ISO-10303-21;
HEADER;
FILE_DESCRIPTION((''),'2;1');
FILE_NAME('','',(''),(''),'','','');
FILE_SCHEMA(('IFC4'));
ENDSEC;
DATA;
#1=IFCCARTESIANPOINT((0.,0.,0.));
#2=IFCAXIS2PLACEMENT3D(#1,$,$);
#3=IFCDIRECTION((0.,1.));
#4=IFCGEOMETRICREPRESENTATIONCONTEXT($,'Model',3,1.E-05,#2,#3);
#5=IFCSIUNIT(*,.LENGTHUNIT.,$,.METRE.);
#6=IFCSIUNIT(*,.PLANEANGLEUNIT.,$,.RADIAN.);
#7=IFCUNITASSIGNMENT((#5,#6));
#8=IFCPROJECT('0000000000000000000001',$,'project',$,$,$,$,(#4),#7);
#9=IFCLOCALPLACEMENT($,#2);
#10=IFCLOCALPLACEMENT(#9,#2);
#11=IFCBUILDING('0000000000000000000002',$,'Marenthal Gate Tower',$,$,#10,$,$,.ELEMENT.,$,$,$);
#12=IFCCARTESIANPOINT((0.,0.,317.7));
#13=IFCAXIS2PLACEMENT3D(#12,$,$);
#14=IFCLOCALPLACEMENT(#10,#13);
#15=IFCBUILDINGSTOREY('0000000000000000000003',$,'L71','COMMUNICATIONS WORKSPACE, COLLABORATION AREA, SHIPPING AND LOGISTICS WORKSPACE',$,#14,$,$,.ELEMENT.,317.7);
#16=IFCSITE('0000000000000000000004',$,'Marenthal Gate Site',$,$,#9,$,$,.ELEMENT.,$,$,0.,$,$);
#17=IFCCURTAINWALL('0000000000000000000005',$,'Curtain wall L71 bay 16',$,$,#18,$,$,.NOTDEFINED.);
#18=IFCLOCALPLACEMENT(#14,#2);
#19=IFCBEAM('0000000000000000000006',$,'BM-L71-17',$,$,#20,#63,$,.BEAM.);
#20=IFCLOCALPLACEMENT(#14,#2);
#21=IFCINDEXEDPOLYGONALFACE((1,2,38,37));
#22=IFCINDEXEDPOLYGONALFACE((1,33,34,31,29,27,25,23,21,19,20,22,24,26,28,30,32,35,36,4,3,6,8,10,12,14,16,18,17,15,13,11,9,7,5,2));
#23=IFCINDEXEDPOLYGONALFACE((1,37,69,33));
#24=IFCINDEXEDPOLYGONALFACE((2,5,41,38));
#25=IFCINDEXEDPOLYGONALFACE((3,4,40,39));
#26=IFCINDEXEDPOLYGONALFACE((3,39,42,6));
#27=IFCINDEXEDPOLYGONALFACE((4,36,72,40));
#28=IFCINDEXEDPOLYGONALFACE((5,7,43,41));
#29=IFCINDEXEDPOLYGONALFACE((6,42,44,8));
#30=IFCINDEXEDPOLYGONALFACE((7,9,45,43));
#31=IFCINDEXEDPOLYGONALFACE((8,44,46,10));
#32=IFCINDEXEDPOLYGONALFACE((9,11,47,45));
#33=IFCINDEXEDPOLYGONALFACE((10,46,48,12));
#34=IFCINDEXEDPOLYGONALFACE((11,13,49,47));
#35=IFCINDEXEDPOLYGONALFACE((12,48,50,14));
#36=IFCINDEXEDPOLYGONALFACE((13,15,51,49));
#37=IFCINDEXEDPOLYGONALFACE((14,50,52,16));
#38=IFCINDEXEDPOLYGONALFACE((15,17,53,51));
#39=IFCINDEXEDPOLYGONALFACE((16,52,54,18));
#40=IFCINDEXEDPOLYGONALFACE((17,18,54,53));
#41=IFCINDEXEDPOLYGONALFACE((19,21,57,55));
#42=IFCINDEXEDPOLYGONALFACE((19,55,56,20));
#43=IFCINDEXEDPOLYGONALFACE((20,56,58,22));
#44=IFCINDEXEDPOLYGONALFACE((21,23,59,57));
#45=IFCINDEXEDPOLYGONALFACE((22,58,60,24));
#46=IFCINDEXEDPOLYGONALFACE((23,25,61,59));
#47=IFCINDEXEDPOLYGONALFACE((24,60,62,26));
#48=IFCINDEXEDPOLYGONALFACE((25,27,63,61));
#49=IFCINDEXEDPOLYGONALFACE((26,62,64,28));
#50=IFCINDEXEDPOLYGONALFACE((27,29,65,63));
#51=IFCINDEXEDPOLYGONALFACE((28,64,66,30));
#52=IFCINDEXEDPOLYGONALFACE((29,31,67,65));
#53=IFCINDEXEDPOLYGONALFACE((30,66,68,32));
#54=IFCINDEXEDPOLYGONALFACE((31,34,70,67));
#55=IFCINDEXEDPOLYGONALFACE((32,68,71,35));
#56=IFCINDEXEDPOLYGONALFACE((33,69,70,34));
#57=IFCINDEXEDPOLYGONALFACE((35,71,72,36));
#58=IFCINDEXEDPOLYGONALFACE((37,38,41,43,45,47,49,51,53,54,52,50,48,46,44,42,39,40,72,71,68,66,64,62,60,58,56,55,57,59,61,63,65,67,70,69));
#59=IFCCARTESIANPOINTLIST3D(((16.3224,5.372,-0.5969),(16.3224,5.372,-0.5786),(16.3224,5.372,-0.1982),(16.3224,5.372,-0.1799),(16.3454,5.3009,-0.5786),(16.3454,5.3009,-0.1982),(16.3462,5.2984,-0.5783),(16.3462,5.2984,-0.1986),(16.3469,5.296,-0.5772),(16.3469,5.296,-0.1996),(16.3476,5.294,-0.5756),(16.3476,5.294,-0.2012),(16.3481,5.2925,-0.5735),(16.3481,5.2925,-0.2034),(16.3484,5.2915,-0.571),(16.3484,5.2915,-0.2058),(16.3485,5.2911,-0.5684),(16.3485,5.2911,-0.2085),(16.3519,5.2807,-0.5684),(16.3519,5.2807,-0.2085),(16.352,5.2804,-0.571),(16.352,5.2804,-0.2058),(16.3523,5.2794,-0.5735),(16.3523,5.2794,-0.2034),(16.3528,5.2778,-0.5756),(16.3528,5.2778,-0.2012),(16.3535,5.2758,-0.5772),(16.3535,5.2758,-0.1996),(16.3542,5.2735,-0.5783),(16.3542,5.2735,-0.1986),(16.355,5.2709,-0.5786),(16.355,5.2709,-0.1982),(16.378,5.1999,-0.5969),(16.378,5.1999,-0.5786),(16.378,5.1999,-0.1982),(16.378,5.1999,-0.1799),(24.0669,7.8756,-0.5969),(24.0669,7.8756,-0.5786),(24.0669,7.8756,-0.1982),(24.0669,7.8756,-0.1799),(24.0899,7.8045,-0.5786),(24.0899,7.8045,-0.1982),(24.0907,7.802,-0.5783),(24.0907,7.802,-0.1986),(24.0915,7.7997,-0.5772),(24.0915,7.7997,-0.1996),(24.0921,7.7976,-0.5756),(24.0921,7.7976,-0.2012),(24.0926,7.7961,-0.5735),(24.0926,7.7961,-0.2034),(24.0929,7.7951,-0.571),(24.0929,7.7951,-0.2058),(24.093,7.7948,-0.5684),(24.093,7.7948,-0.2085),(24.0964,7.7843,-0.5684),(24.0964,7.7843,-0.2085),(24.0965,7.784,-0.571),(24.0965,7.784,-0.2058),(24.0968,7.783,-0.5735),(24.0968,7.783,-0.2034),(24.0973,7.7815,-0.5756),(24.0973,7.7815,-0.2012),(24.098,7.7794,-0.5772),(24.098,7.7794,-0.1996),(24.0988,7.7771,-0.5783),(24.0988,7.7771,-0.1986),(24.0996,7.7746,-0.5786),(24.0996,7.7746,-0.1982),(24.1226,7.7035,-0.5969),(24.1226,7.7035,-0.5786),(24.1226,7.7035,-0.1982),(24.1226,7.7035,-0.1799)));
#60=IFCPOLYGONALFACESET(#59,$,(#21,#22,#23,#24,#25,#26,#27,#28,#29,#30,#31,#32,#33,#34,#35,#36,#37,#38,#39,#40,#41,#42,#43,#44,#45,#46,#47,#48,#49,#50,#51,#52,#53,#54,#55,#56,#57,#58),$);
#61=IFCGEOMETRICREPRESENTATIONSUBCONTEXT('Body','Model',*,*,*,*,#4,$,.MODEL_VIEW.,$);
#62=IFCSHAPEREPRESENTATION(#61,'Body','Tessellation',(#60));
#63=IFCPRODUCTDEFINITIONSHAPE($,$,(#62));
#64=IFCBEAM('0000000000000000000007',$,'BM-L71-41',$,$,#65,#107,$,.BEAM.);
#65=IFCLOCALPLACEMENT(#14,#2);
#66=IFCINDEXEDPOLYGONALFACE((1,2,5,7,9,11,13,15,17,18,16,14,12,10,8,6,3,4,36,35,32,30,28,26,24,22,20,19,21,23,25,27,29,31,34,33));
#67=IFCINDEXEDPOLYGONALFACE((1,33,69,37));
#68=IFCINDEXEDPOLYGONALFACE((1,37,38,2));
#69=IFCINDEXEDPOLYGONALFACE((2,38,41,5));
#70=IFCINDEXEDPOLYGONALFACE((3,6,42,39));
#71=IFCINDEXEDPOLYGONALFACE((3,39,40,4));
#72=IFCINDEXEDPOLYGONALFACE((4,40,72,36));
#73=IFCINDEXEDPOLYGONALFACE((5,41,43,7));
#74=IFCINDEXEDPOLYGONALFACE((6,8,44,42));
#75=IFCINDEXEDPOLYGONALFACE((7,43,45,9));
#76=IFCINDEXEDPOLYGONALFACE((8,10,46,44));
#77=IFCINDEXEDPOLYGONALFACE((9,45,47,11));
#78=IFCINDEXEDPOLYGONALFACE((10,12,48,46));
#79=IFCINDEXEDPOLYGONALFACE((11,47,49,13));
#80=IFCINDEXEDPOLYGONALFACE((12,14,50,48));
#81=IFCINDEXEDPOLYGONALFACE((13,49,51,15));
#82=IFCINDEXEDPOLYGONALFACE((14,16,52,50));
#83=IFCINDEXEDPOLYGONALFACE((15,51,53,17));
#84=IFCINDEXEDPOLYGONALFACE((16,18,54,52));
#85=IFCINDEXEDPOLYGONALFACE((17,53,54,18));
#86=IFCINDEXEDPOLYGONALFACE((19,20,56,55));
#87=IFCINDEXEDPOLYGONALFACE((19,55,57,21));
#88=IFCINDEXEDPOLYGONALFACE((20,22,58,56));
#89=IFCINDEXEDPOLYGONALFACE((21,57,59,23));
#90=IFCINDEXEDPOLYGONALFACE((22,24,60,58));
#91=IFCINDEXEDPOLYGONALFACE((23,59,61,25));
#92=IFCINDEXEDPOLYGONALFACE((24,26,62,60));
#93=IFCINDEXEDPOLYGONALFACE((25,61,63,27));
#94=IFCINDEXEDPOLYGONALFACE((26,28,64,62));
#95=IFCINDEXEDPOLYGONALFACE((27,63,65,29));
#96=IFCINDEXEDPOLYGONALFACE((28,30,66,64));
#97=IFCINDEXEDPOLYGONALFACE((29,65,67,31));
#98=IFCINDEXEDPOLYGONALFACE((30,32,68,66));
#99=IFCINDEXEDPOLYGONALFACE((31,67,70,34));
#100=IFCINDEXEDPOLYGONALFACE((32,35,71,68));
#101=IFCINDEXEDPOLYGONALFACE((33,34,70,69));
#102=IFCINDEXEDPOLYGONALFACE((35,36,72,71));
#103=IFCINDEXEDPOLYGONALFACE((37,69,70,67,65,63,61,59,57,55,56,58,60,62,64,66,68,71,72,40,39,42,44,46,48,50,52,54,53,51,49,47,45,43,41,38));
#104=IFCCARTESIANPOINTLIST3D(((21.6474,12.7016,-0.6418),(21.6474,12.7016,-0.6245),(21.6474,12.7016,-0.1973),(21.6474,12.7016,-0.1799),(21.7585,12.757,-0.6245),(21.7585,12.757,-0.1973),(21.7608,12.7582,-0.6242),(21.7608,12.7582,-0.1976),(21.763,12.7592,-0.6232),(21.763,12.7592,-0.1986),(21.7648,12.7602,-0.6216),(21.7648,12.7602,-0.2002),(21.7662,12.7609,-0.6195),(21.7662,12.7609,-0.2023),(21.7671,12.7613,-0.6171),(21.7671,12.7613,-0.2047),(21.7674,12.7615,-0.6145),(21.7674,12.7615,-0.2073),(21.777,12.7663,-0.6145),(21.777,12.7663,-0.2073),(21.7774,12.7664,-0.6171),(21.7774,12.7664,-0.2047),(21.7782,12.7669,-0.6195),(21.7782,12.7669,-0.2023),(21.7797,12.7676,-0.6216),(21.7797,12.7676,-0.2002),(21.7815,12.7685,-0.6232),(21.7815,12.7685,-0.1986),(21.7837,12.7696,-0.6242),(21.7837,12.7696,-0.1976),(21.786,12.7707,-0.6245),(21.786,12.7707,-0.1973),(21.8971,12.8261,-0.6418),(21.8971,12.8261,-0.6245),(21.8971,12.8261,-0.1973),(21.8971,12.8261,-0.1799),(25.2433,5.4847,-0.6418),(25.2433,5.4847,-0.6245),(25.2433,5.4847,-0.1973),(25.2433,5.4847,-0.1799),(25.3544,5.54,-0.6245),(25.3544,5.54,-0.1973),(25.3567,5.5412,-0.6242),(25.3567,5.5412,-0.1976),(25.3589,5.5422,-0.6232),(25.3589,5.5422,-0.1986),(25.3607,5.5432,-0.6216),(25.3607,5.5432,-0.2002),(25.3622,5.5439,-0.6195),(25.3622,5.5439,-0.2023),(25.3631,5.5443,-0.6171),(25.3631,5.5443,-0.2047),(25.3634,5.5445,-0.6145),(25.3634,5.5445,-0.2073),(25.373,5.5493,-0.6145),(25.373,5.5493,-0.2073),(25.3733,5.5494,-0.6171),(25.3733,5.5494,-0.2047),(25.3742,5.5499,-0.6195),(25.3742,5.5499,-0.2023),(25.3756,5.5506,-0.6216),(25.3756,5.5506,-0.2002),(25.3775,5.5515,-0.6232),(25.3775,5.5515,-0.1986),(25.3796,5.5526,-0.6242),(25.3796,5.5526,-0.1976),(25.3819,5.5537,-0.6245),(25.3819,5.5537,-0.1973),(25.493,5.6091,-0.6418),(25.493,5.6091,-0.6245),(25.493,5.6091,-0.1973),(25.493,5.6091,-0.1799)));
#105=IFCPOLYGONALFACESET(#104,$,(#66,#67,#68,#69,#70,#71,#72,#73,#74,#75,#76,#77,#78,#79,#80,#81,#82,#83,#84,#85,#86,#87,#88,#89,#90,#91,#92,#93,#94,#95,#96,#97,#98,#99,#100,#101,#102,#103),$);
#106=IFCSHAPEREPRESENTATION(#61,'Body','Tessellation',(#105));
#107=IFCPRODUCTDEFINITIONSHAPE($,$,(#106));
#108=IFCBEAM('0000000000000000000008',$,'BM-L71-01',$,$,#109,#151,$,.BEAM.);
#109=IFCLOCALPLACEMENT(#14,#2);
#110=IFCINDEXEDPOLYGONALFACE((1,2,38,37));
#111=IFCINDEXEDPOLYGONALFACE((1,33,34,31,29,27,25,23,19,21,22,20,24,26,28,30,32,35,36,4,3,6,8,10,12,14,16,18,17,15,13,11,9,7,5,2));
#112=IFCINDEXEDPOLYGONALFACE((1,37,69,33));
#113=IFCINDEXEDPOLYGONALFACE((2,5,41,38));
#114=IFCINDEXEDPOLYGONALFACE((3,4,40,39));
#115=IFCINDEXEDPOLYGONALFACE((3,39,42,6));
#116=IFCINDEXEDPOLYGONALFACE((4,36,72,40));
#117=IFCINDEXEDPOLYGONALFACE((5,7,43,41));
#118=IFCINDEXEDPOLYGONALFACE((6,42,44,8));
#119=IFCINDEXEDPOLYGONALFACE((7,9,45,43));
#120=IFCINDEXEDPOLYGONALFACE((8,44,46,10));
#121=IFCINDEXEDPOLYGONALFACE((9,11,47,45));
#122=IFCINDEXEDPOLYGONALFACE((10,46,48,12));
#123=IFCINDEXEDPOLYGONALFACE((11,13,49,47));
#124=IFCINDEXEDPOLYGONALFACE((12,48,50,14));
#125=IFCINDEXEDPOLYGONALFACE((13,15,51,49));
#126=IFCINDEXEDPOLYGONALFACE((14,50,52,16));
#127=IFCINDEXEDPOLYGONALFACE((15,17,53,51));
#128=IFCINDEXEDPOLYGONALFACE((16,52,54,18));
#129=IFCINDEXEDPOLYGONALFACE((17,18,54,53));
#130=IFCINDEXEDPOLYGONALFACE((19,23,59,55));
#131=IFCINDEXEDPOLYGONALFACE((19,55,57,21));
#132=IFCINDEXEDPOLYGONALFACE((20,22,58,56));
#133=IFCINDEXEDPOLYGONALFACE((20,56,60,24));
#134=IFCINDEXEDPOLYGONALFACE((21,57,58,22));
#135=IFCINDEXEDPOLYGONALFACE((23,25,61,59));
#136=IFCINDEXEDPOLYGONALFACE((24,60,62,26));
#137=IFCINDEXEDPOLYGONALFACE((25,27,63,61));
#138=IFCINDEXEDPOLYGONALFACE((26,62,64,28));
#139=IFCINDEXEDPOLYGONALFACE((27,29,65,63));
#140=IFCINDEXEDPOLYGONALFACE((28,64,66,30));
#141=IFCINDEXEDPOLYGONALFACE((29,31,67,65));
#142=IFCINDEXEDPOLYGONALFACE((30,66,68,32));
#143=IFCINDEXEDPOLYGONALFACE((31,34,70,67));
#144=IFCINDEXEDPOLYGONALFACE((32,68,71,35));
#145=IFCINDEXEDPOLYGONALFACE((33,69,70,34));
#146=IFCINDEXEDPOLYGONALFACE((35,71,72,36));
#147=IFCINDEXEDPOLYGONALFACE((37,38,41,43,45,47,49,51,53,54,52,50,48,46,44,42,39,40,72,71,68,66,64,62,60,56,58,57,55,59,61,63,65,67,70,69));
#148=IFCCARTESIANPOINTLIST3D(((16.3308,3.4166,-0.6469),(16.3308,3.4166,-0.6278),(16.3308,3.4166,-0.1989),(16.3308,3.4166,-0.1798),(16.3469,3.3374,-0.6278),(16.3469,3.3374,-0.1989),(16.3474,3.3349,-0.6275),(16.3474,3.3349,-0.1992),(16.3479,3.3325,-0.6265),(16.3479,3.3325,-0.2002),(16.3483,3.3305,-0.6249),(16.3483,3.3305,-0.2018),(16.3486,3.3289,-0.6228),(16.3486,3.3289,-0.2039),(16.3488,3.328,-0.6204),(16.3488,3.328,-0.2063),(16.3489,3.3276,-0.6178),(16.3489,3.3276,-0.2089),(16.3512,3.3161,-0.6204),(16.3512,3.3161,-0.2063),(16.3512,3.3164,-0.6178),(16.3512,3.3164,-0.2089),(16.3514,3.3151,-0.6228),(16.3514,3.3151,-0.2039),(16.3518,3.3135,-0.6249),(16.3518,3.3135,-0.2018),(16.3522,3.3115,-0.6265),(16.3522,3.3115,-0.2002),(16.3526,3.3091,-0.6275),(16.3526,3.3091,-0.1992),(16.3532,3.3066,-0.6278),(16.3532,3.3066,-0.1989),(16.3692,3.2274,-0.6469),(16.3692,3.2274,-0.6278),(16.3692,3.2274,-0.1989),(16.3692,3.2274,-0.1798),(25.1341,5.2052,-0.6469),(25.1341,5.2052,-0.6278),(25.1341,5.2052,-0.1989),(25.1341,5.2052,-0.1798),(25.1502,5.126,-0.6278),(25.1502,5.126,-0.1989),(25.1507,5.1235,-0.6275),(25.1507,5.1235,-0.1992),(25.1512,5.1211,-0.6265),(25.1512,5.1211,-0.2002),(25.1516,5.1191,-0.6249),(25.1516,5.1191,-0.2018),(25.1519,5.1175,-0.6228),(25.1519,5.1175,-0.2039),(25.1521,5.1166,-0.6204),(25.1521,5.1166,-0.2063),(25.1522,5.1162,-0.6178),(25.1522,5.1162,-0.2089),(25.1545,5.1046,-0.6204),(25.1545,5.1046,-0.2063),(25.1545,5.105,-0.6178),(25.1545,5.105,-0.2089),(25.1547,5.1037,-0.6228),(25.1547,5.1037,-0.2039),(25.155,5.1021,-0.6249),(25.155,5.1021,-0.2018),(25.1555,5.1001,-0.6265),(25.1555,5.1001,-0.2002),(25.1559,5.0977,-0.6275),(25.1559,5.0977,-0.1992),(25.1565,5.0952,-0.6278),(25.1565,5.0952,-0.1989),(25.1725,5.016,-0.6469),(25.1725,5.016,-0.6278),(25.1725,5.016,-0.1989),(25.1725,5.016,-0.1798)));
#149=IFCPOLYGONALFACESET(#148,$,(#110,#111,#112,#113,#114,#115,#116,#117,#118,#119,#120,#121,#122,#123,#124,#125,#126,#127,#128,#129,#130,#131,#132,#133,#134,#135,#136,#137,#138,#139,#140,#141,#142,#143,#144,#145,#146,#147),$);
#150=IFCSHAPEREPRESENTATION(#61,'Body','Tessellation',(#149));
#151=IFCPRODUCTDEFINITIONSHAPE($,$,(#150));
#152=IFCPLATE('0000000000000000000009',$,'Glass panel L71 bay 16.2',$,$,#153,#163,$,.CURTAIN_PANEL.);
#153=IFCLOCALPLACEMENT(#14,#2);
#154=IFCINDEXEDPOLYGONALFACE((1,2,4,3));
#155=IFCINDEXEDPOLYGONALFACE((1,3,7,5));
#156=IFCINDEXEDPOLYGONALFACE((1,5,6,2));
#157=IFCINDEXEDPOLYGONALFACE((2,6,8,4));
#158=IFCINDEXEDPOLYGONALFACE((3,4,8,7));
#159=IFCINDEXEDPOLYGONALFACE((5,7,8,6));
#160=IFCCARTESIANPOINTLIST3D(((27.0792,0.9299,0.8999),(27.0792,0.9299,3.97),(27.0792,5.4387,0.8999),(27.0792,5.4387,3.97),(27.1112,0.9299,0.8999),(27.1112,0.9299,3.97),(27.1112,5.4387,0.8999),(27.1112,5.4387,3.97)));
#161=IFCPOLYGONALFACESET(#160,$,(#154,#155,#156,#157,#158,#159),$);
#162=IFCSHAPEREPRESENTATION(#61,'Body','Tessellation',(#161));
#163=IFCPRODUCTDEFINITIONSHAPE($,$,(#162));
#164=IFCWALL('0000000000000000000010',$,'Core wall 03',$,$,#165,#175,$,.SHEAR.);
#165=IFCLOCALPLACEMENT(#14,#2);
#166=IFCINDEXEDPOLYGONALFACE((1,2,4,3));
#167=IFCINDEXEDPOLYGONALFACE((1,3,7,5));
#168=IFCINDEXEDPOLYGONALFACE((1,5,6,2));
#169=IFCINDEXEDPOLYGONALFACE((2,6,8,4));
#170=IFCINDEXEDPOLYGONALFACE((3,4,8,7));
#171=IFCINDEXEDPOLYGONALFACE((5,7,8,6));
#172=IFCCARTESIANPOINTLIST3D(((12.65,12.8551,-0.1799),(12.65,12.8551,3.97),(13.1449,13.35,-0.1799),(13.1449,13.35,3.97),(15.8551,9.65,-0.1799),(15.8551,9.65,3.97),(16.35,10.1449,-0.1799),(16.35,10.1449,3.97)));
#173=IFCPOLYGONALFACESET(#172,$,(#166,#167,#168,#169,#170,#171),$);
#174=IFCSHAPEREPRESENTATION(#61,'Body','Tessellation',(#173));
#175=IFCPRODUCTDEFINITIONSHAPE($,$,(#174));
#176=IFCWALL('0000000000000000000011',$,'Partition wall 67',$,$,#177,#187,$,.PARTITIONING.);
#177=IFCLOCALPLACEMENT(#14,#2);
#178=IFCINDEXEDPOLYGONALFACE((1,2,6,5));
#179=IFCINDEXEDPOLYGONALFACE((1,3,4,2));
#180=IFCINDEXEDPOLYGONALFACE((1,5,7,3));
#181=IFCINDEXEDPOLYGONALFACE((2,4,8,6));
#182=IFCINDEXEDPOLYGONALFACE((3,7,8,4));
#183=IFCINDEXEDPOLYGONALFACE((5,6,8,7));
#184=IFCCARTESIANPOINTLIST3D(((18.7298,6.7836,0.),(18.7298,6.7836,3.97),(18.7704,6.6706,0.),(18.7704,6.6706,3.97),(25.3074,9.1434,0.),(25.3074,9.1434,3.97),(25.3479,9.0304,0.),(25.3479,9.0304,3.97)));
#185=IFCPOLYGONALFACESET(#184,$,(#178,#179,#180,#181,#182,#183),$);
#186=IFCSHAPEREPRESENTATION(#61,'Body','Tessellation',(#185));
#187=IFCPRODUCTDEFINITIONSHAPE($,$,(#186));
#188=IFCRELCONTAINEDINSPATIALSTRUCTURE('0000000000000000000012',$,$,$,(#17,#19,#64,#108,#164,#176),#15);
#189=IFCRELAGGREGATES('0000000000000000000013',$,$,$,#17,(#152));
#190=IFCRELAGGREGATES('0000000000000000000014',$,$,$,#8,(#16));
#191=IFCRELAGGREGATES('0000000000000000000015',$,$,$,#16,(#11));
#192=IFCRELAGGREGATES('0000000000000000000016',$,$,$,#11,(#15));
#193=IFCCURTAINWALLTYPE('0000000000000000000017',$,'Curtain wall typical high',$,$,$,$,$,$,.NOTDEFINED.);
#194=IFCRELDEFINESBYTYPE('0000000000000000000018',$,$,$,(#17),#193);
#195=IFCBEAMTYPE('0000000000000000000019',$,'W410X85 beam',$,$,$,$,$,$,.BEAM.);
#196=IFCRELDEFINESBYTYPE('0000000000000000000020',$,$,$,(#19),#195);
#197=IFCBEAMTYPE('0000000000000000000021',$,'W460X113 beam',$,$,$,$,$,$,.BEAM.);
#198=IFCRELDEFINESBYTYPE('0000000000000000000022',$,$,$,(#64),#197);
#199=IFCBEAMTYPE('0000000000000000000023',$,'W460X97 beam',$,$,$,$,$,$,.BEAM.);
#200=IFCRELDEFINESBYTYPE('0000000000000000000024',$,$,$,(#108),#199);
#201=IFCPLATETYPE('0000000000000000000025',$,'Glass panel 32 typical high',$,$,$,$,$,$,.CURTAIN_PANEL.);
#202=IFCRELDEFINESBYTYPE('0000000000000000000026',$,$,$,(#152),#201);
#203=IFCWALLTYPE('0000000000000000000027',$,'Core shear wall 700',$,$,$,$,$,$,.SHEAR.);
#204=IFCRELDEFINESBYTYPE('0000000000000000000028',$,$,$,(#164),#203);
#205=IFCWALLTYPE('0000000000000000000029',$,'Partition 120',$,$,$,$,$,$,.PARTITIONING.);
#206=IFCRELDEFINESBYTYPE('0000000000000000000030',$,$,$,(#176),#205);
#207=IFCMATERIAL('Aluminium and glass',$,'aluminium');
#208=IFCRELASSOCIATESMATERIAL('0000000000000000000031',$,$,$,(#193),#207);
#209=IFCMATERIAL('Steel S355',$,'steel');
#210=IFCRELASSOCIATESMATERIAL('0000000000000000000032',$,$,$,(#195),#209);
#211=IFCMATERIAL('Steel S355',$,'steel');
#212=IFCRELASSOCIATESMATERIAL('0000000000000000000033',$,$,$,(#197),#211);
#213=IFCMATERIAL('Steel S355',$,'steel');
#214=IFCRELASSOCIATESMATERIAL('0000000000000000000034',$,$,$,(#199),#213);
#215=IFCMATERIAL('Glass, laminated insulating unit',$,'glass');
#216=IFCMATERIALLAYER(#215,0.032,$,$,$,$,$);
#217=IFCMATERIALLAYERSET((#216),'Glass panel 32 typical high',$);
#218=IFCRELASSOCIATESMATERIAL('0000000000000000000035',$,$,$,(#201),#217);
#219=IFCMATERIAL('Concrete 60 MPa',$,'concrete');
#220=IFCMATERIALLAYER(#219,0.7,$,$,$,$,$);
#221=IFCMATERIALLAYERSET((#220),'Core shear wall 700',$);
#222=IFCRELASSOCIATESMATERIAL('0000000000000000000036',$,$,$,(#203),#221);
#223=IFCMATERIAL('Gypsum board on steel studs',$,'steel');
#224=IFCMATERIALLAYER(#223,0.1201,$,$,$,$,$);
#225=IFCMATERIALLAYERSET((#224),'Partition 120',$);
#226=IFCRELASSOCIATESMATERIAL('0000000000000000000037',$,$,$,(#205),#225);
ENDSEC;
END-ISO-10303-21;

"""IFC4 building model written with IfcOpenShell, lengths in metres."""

from ifc_helpers import new_model, si_unit, direction, frame, frame_2d, origin, origin_2d, place, context, subcontext, project, spatial, rectangle, i_section, extrude, material, layer, layer_set, material_profile, profile_set, type_object, element, aggregate, save


model = new_model("IFC4")

# Units and contexts
model_context = context("Model", 3, precision=1e-05, world=origin(), true_north=direction((0.0, 1.0)))
body_context = subcontext(model_context, "Body", "Model", "MODEL_VIEW")
ifc_project = project(units=[si_unit("LENGTHUNIT", "METRE"), si_unit("PLANEANGLEUNIT", "RADIAN")], contexts=[model_context])

# Site, building, storey
site_placement = place(None, origin())
site = spatial("IfcSite", under=ifc_project, at=site_placement, Name="Marenthal Gate Site", CompositionType="ELEMENT", RefElevation=0.0)
building_placement = place(site_placement, origin())
building = spatial("IfcBuilding", under=site, at=building_placement, Name="Marenthal Gate Tower", CompositionType="ELEMENT")
storey_placement = place(building_placement, frame((0.0, 0.0, 317.7)))
storey = spatial("IfcBuildingStorey", under=building, at=storey_placement, Name="L71", Description="COMMUNICATIONS WORKSPACE, COLLABORATION AREA, SHIPPING AND LOGISTICS WORKSPACE", CompositionType="ELEMENT", Elevation=317.7)

# Curtain wall
ifc_material_1 = material(Name="Aluminium and glass", Category="aluminium")
curtain_wall_type = type_object("IfcCurtainWallType", Name="Curtain wall typical high", PredefinedType="NOTDEFINED", material=ifc_material_1)
curtain_wall_placement = place(storey_placement, origin())
curtain_wall = element("IfcCurtainWall", 1, at=curtain_wall_placement, inside=storey, type_object=curtain_wall_type, Name="Curtain wall L71 bay 16", PredefinedType="NOTDEFINED")

# Beams
ifc_material_2 = material(Name="Steel S355", Category="steel")
ifc_material_profile_1 = material_profile(ifc_material_2, i_section(OverallWidth=0.1809, OverallDepth=0.417, WebThickness=0.011, FlangeThickness=0.0183, FilletRadius=0.0103, at=origin_2d()), Name="W410X85")
ifc_profile_set_1 = profile_set([ifc_material_profile_1], Name="Steel S355")
beam_type_1 = type_object("IfcBeamType", Name="W410X85 beam", PredefinedType="BEAM", material=ifc_profile_set_1)
beam_1_placement = place(storey_placement, frame((24.0947, 7.7896, -0.3884), z_axis=(-0.951515, -0.307603, 0.0), x_axis=(0.307603, -0.951515, 0.0)))
element("IfcBeam", 2, at=beam_1_placement, inside=storey, type_object=beam_type_1, Name="BM-L71-17", PredefinedType="BEAM", context=body_context, shape_type="SweptSolid", body=[
    extrude(i_section(OverallWidth=0.1809, OverallDepth=0.417, WebThickness=0.011, FlangeThickness=0.0183, FilletRadius=0.0103, at=origin_2d()), origin(), (0.0, 0.0, 1.0), 8.1392),
])
ifc_material_3 = material(Name="Steel S355", Category="steel")
ifc_material_profile_2 = material_profile(ifc_material_3, i_section(OverallWidth=0.2791, OverallDepth=0.4619, WebThickness=0.0107, FlangeThickness=0.0173, FilletRadius=0.01, at=origin_2d()), Name="W460X113")
ifc_profile_set_2 = profile_set([ifc_material_profile_2], Name="Steel S355")
beam_type_2 = type_object("IfcBeamType", Name="W460X113 beam", PredefinedType="BEAM", material=ifc_profile_set_2)
beam_2_placement = place(storey_placement, frame((25.3682, 5.5469, -0.4109), z_axis=(-0.445966, 0.89505, 0.0), x_axis=(-0.89505, -0.445966, 0.0)))
element("IfcBeam", 3, at=beam_2_placement, inside=storey, type_object=beam_type_2, Name="BM-L71-41", PredefinedType="BEAM", context=body_context, shape_type="SweptSolid", body=[
    extrude(i_section(OverallWidth=0.2791, OverallDepth=0.4619, WebThickness=0.0107, FlangeThickness=0.0173, FilletRadius=0.01, at=origin_2d()), origin(), (0.0, 0.0, 1.0), 8.0632),
])
ifc_material_4 = material(Name="Steel S355", Category="steel")
ifc_material_profile_3 = material_profile(ifc_material_4, i_section(OverallWidth=0.1931, OverallDepth=0.467, WebThickness=0.0115, FlangeThickness=0.019, FilletRadius=0.01, at=origin_2d()), Name="W460X97")
ifc_profile_set_3 = profile_set([ifc_material_profile_3], Name="Steel S355")
beam_type_3 = type_object("IfcBeamType", Name="W460X97 beam", PredefinedType="BEAM", material=ifc_profile_set_3)
beam_3_placement = place(storey_placement, frame((25.1533, 5.1106, -0.4133), z_axis=(-0.979978, -0.199105, 0.0), x_axis=(0.199105, -0.979978, 0.0)))
element("IfcBeam", 4, at=beam_3_placement, inside=storey, type_object=beam_type_3, Name="BM-L71-01", PredefinedType="BEAM", context=body_context, shape_type="SweptSolid", body=[
    extrude(i_section(OverallWidth=0.1931, OverallDepth=0.467, WebThickness=0.0115, FlangeThickness=0.019, FilletRadius=0.01, at=origin_2d()), origin(), (0.0, 0.0, 1.0), 8.9832),
])

# Plate
ifc_material_5 = material(Name="Glass, laminated insulating unit", Category="glass")
ifc_layer_1 = layer(ifc_material_5, 0.032)
ifc_layer_set_1 = layer_set([ifc_layer_1], Name="Glass panel 32 typical high")
plate_type = type_object("IfcPlateType", Name="Glass panel 32 typical high", PredefinedType="CURTAIN_PANEL", material=ifc_layer_set_1)
plate_placement = place(storey_placement, frame((27.0952, 3.1843, 0.8999), z_axis=(0.0, 0.0, 1.0), x_axis=(0.0, 1.0, 0.0)))
plate = element("IfcPlate", 5, at=plate_placement, type_object=plate_type, Name="Glass panel L71 bay 16.2", PredefinedType="CURTAIN_PANEL", context=body_context, shape_type="SweptSolid", body=[
    extrude(rectangle(XDim=4.5088, YDim=0.032, at=origin_2d()), origin(), (0.0, 0.0, 1.0), 3.0701),
])
aggregate(curtain_wall, [plate])

# Walls
ifc_material_6 = material(Name="Concrete 60 MPa", Category="concrete")
ifc_layer_2 = layer(ifc_material_6, 0.7)
ifc_layer_set_2 = layer_set([ifc_layer_2], Name="Core shear wall 700")
wall_type_1 = type_object("IfcWallType", Name="Core shear wall 700", PredefinedType="SHEAR", material=ifc_layer_set_2)
wall_1_placement = place(storey_placement, frame((16.1025, 9.8975, -0.1799), z_axis=(0.0, 0.0, 1.0), x_axis=(-0.707107, 0.707107, 0.0)))
element("IfcWall", 6, at=wall_1_placement, inside=storey, type_object=wall_type_1, Name="Core wall 03", PredefinedType="SHEAR", context=body_context, shape_type="SweptSolid", body=[
    extrude(rectangle(XDim=4.5327, YDim=0.7, at=frame_2d((2.2664, 0.0))), origin(), (0.0, 0.0, 1.0), 4.1499),
])
ifc_material_7 = material(Name="Gypsum board on steel studs", Category="steel")
ifc_layer_3 = layer(ifc_material_7, 0.1201)
ifc_layer_set_3 = layer_set([ifc_layer_3], Name="Partition 120")
wall_type_2 = type_object("IfcWallType", Name="Partition 120", PredefinedType="PARTITIONING", material=ifc_layer_set_3)
wall_2_placement = place(storey_placement, frame((18.75, 6.7271, 0.0), z_axis=(0.0, 0.0, 1.0), x_axis=(0.941256, 0.337695, 0.0)))
element("IfcWall", 7, at=wall_2_placement, inside=storey, type_object=wall_type_2, Name="Partition wall 67", PredefinedType="PARTITIONING", context=body_context, shape_type="SweptSolid", body=[
    extrude(rectangle(XDim=6.988, YDim=0.1201, at=frame_2d((3.4941, 0.0))), origin(), (0.0, 0.0, 1.0), 3.97),
])

save(model, "model.ifc")
